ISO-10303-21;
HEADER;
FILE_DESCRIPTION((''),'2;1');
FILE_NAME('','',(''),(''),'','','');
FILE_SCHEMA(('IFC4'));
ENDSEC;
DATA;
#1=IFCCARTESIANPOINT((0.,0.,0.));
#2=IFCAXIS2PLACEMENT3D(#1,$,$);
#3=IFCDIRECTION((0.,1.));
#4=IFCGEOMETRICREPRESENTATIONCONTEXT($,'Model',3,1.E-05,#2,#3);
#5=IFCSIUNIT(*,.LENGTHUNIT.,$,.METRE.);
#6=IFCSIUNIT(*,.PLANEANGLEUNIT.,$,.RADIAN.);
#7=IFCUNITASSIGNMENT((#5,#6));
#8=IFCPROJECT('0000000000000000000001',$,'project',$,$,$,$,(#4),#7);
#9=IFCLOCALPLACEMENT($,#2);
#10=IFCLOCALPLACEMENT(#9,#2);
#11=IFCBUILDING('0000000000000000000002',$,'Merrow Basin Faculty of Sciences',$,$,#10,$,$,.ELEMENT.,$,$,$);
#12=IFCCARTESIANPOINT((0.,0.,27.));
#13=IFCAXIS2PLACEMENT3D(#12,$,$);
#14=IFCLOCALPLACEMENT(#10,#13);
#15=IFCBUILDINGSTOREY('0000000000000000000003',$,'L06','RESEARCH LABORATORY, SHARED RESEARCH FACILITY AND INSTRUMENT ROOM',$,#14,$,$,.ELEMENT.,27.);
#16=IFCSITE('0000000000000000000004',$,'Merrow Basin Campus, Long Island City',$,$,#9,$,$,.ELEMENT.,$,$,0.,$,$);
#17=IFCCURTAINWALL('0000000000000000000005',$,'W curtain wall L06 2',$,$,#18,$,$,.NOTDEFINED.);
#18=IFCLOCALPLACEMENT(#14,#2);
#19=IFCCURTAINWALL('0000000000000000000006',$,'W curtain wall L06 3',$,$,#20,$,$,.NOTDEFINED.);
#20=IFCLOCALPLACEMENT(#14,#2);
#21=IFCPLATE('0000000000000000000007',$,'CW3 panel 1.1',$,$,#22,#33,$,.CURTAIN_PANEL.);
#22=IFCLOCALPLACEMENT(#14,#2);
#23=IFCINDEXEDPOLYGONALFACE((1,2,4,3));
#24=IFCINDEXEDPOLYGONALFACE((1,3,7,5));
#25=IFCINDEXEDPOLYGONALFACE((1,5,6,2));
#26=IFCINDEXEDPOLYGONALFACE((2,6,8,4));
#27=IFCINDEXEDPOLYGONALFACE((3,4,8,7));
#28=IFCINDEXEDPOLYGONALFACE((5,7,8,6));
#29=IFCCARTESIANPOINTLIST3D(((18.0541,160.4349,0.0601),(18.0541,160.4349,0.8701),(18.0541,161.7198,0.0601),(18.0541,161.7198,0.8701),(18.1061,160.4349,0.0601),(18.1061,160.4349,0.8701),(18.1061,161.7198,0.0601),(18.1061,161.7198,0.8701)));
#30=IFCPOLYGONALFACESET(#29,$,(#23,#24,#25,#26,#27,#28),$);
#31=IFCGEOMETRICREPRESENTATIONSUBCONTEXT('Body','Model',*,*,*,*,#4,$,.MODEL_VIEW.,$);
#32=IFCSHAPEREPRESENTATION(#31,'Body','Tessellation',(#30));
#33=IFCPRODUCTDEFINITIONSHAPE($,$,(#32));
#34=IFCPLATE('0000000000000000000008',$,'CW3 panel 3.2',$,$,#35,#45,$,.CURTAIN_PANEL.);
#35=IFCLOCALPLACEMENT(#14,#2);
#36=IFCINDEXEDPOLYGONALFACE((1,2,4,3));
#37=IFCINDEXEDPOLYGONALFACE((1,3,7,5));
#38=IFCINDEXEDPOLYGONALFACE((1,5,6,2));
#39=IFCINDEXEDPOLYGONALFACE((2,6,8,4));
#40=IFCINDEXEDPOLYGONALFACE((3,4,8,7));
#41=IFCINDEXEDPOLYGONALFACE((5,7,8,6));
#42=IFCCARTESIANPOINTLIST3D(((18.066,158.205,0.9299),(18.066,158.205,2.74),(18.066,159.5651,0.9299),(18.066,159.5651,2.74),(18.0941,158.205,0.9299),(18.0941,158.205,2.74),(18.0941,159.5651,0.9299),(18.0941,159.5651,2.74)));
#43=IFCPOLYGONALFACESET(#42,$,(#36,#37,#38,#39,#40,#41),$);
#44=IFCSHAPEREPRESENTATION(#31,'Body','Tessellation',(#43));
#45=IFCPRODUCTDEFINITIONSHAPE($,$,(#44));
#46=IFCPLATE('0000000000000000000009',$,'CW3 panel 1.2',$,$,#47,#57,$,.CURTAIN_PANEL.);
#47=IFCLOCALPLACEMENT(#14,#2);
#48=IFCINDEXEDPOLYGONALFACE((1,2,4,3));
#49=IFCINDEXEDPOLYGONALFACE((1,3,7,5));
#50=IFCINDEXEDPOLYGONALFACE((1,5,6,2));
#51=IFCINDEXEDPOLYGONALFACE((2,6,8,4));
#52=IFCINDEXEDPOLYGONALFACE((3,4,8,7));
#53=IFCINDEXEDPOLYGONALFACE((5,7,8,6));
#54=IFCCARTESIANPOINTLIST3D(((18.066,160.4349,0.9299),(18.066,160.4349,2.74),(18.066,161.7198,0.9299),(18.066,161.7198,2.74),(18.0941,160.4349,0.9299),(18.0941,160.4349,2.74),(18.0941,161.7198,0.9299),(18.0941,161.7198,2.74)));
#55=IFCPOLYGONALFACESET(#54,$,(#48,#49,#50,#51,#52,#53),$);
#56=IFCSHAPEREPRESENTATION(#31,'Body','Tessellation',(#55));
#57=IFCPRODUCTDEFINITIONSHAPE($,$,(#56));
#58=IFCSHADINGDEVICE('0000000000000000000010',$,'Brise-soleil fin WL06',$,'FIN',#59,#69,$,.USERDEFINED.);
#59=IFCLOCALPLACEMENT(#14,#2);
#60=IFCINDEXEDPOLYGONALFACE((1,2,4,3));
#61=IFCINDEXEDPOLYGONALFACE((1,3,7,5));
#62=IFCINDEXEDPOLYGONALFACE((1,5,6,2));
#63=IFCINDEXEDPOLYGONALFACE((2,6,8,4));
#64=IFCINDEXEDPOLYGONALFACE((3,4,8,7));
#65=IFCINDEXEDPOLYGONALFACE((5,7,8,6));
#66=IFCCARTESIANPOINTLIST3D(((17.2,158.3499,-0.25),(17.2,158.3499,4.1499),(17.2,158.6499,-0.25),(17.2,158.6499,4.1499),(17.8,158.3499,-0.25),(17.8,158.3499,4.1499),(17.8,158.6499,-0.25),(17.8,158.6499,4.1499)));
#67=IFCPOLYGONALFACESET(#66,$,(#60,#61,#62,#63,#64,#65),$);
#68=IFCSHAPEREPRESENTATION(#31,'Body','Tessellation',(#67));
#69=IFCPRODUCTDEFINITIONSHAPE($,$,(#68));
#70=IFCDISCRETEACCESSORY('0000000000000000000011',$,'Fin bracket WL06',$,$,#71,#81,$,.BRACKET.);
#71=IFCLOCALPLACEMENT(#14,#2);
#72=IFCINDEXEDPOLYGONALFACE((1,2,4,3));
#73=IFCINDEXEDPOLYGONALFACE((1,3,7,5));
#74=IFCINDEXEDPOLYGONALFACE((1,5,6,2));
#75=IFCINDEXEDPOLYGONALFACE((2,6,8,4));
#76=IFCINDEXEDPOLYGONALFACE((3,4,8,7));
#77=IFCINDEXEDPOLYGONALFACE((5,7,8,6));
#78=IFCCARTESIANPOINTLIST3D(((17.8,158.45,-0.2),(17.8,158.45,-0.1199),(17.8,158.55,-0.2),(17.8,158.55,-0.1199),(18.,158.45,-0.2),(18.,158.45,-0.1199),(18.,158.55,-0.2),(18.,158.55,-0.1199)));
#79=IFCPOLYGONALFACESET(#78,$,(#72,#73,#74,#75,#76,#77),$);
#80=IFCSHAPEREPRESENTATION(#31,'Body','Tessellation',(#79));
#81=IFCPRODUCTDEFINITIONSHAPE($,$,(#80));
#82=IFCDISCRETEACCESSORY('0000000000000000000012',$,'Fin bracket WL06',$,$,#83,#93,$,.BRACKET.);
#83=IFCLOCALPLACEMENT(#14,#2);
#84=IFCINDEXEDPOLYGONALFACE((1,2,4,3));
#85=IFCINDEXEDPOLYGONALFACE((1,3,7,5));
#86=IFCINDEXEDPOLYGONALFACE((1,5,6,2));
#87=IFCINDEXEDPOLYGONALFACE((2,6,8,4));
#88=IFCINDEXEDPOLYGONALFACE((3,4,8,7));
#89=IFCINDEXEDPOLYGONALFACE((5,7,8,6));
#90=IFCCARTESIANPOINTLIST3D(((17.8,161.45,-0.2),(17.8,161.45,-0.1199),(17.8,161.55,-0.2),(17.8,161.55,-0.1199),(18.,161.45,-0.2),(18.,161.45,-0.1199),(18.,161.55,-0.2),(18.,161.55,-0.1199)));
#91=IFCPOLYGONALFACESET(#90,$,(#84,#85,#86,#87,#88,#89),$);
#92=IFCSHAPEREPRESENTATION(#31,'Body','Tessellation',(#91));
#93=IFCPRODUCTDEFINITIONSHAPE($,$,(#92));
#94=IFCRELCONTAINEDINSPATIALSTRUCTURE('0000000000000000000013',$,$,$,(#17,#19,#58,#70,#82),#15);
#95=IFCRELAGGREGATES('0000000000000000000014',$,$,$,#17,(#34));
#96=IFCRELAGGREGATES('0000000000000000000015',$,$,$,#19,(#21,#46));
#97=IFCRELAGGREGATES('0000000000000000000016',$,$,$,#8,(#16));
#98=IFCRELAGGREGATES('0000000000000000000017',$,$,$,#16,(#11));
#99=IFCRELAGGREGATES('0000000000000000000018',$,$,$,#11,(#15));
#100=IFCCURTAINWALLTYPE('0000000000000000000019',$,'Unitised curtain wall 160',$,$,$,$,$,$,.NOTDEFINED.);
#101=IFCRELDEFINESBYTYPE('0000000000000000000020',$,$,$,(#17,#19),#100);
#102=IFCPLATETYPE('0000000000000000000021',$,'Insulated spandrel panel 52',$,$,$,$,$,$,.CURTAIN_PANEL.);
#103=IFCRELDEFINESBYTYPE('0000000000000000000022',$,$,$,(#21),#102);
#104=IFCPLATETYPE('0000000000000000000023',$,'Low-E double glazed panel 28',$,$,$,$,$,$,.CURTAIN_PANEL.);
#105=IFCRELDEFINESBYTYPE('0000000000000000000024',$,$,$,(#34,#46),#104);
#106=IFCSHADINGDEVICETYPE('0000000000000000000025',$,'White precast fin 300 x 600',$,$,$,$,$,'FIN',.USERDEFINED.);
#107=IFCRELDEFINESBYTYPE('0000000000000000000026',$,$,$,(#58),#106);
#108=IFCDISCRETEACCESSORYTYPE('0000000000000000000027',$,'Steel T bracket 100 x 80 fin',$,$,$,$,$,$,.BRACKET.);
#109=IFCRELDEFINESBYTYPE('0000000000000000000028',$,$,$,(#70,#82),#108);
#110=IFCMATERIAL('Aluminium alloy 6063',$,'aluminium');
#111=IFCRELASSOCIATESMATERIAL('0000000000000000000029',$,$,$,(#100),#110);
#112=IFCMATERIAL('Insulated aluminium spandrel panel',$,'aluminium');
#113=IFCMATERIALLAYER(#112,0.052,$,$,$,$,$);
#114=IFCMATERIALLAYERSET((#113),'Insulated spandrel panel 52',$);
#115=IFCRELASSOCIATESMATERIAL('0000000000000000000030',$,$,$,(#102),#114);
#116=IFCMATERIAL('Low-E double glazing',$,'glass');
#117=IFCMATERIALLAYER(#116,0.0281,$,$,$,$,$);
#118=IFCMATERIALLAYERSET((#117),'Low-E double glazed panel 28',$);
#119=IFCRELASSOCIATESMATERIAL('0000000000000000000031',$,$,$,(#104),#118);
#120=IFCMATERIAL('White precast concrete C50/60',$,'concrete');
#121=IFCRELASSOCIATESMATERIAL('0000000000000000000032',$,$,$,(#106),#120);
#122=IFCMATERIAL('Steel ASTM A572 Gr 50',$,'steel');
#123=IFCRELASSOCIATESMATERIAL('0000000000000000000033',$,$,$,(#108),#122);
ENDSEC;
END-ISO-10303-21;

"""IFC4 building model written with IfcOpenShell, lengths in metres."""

from ifc_helpers import new_model, si_unit, direction, frame, origin, origin_2d, place, context, subcontext, project, spatial, polyline, rectangle, outline, extrude, source, transform, mapped, material, layer, layer_set, type_object, element, aggregate, save


model = new_model("IFC4")

# Units and contexts
model_context = context("Model", 3, precision=1e-05, world=origin(), true_north=direction((0.0, 1.0)))
body_context = subcontext(model_context, "Body", "Model", "MODEL_VIEW")
ifc_project = project(units=[si_unit("LENGTHUNIT", "METRE"), si_unit("PLANEANGLEUNIT", "RADIAN")], contexts=[model_context])

# Site, building, storey
site_placement = place(None, origin())
site = spatial("IfcSite", under=ifc_project, at=site_placement, Name="Merrow Basin Campus, Long Island City", CompositionType="ELEMENT", RefElevation=0.0)
building_placement = place(site_placement, origin())
building = spatial("IfcBuilding", under=site, at=building_placement, Name="Merrow Basin Faculty of Sciences", CompositionType="ELEMENT")
storey_placement = place(building_placement, frame((0.0, 0.0, 27.0)))
storey = spatial("IfcBuildingStorey", under=building, at=storey_placement, Name="L06", Description="RESEARCH LABORATORY, SHARED RESEARCH FACILITY AND INSTRUMENT ROOM", CompositionType="ELEMENT", Elevation=27.0)

# Curtain wall
ifc_material_1 = material(Name="Aluminium alloy 6063", Category="aluminium")
curtain_wall_type = type_object("IfcCurtainWallType", Name="Unitised curtain wall 160", PredefinedType="NOTDEFINED", material=ifc_material_1)
curtain_wall_1_placement = place(storey_placement, origin())
curtain_wall_1 = element("IfcCurtainWall", 1, at=curtain_wall_1_placement, inside=storey, type_object=curtain_wall_type, Name="W curtain wall L06 2", PredefinedType="NOTDEFINED")

# Curtain wall
curtain_wall_2_placement = place(storey_placement, origin())
curtain_wall_2 = element("IfcCurtainWall", 2, at=curtain_wall_2_placement, inside=storey, type_object=curtain_wall_type, Name="W curtain wall L06 3", PredefinedType="NOTDEFINED")

# Plates
ifc_material_2 = material(Name="Insulated aluminium spandrel panel", Category="aluminium")
ifc_layer_1 = layer(ifc_material_2, 0.052)
ifc_layer_set_1 = layer_set([ifc_layer_1], Name="Insulated spandrel panel 52")
plate_type_1 = type_object("IfcPlateType", Name="Insulated spandrel panel 52", PredefinedType="CURTAIN_PANEL", material=ifc_layer_set_1)
plate_1_placement = place(storey_placement, frame((18.0801, 161.0774, 0.0601), z_axis=(0.0, 0.0, 1.0), x_axis=(0.0, 1.0, 0.0)))
plate_1 = element("IfcPlate", 3, at=plate_1_placement, type_object=plate_type_1, Name="CW3 panel 1.1", PredefinedType="CURTAIN_PANEL", context=body_context, shape_type="SweptSolid", body=[
    extrude(rectangle(XDim=1.2849, YDim=0.052, at=origin_2d()), origin(), (0.0, 0.0, 1.0), 0.8101),
])
ifc_material_3 = material(Name="Low-E double glazing", Category="glass")
ifc_layer_2 = layer(ifc_material_3, 0.0281)
ifc_layer_set_2 = layer_set([ifc_layer_2], Name="Low-E double glazed panel 28")
plate_type_2 = type_object("IfcPlateType", Name="Low-E double glazed panel 28", PredefinedType="CURTAIN_PANEL", material=ifc_layer_set_2)
plate_2_placement = place(storey_placement, frame((18.0801, 158.885, 0.9299), z_axis=(0.0, 0.0, 1.0), x_axis=(0.0, 1.0, 0.0)))
plate_2 = element("IfcPlate", 4, at=plate_2_placement, type_object=plate_type_2, Name="CW3 panel 3.2", PredefinedType="CURTAIN_PANEL", context=body_context, shape_type="SweptSolid", body=[
    extrude(rectangle(XDim=1.3601, YDim=0.0281, at=origin_2d()), origin(), (0.0, 0.0, 1.0), 1.8101),
])
aggregate(curtain_wall_1, [plate_2])
plate_3_placement = place(storey_placement, frame((18.0801, 161.0774, 0.9299), z_axis=(0.0, 0.0, 1.0), x_axis=(0.0, 1.0, 0.0)))
plate_3 = element("IfcPlate", 5, at=plate_3_placement, type_object=plate_type_2, Name="CW3 panel 1.2", PredefinedType="CURTAIN_PANEL", context=body_context, shape_type="SweptSolid", body=[
    extrude(rectangle(XDim=1.2849, YDim=0.0281, at=origin_2d()), origin(), (0.0, 0.0, 1.0), 1.8101),
])
aggregate(curtain_wall_2, [plate_1, plate_3])

# Shading device
ifc_material_4 = material(Name="White precast concrete C50/60", Category="concrete")
shading_device_type = type_object("IfcShadingDeviceType", Name="White precast fin 300 x 600", ElementType="FIN", PredefinedType="USERDEFINED", material=ifc_material_4)
shared_shape_1 = source(origin(), body_context, "Body", "SweptSolid", [
    extrude(outline(polyline([(0.0, 0.0), (0.3, 0.0), (0.3, 4.3999), (0.0, 4.3999), (0.0, 0.0)])), origin(), (0.0, 0.0, 1.0), 0.6001),
])
shading_device_placement = place(storey_placement, frame((17.8, 158.6499, -0.25), z_axis=(-1.0, 0.0, 0.0), x_axis=(0.0, -1.0, 0.0)))
element("IfcShadingDevice", 6, at=shading_device_placement, inside=storey, type_object=shading_device_type, Name="Brise-soleil fin WL06", ObjectType="FIN", PredefinedType="USERDEFINED", context=body_context, shape_type="MappedRepresentation", body=[
    mapped(shared_shape_1, transform((0.0, 0.0, 0.0), scale=1.0)),
])

# Discrete accessories
ifc_material_5 = material(Name="Steel ASTM A572 Gr 50", Category="steel")
discrete_accessory_type = type_object("IfcDiscreteAccessoryType", Name="Steel T bracket 100 x 80 fin", PredefinedType="BRACKET", material=ifc_material_5)
shared_shape_2 = source(origin(), body_context, "Body", "SweptSolid", [
    extrude(outline(polyline([(0.0, 0.0), (0.1001, 0.0), (0.1001, 0.0801), (0.0, 0.0801), (0.0, 0.0)])), origin(), (0.0, 0.0, 1.0), 0.2),
])
for number, where, z_axis, x_axis, name in (
    (7, (18.0, 158.55, -0.2), (-1.0, 0.0, 0.0), (0.0, -1.0, 0.0), "Fin bracket WL06"),
    (8, (18.0, 161.55, -0.2), (-1.0, 0.0, 0.0), (0.0, -1.0, 0.0), "Fin bracket WL06"),
):
    element("IfcDiscreteAccessory", number, at=place(storey_placement, frame(where, z_axis=z_axis, x_axis=x_axis)), inside=storey, type_object=discrete_accessory_type, Name=name, PredefinedType="BRACKET", context=body_context, shape_type="MappedRepresentation", body=[
        mapped(shared_shape_2, transform((0.0, 0.0, 0.0), scale=1.0)),
    ])

save(model, "model.ifc")
